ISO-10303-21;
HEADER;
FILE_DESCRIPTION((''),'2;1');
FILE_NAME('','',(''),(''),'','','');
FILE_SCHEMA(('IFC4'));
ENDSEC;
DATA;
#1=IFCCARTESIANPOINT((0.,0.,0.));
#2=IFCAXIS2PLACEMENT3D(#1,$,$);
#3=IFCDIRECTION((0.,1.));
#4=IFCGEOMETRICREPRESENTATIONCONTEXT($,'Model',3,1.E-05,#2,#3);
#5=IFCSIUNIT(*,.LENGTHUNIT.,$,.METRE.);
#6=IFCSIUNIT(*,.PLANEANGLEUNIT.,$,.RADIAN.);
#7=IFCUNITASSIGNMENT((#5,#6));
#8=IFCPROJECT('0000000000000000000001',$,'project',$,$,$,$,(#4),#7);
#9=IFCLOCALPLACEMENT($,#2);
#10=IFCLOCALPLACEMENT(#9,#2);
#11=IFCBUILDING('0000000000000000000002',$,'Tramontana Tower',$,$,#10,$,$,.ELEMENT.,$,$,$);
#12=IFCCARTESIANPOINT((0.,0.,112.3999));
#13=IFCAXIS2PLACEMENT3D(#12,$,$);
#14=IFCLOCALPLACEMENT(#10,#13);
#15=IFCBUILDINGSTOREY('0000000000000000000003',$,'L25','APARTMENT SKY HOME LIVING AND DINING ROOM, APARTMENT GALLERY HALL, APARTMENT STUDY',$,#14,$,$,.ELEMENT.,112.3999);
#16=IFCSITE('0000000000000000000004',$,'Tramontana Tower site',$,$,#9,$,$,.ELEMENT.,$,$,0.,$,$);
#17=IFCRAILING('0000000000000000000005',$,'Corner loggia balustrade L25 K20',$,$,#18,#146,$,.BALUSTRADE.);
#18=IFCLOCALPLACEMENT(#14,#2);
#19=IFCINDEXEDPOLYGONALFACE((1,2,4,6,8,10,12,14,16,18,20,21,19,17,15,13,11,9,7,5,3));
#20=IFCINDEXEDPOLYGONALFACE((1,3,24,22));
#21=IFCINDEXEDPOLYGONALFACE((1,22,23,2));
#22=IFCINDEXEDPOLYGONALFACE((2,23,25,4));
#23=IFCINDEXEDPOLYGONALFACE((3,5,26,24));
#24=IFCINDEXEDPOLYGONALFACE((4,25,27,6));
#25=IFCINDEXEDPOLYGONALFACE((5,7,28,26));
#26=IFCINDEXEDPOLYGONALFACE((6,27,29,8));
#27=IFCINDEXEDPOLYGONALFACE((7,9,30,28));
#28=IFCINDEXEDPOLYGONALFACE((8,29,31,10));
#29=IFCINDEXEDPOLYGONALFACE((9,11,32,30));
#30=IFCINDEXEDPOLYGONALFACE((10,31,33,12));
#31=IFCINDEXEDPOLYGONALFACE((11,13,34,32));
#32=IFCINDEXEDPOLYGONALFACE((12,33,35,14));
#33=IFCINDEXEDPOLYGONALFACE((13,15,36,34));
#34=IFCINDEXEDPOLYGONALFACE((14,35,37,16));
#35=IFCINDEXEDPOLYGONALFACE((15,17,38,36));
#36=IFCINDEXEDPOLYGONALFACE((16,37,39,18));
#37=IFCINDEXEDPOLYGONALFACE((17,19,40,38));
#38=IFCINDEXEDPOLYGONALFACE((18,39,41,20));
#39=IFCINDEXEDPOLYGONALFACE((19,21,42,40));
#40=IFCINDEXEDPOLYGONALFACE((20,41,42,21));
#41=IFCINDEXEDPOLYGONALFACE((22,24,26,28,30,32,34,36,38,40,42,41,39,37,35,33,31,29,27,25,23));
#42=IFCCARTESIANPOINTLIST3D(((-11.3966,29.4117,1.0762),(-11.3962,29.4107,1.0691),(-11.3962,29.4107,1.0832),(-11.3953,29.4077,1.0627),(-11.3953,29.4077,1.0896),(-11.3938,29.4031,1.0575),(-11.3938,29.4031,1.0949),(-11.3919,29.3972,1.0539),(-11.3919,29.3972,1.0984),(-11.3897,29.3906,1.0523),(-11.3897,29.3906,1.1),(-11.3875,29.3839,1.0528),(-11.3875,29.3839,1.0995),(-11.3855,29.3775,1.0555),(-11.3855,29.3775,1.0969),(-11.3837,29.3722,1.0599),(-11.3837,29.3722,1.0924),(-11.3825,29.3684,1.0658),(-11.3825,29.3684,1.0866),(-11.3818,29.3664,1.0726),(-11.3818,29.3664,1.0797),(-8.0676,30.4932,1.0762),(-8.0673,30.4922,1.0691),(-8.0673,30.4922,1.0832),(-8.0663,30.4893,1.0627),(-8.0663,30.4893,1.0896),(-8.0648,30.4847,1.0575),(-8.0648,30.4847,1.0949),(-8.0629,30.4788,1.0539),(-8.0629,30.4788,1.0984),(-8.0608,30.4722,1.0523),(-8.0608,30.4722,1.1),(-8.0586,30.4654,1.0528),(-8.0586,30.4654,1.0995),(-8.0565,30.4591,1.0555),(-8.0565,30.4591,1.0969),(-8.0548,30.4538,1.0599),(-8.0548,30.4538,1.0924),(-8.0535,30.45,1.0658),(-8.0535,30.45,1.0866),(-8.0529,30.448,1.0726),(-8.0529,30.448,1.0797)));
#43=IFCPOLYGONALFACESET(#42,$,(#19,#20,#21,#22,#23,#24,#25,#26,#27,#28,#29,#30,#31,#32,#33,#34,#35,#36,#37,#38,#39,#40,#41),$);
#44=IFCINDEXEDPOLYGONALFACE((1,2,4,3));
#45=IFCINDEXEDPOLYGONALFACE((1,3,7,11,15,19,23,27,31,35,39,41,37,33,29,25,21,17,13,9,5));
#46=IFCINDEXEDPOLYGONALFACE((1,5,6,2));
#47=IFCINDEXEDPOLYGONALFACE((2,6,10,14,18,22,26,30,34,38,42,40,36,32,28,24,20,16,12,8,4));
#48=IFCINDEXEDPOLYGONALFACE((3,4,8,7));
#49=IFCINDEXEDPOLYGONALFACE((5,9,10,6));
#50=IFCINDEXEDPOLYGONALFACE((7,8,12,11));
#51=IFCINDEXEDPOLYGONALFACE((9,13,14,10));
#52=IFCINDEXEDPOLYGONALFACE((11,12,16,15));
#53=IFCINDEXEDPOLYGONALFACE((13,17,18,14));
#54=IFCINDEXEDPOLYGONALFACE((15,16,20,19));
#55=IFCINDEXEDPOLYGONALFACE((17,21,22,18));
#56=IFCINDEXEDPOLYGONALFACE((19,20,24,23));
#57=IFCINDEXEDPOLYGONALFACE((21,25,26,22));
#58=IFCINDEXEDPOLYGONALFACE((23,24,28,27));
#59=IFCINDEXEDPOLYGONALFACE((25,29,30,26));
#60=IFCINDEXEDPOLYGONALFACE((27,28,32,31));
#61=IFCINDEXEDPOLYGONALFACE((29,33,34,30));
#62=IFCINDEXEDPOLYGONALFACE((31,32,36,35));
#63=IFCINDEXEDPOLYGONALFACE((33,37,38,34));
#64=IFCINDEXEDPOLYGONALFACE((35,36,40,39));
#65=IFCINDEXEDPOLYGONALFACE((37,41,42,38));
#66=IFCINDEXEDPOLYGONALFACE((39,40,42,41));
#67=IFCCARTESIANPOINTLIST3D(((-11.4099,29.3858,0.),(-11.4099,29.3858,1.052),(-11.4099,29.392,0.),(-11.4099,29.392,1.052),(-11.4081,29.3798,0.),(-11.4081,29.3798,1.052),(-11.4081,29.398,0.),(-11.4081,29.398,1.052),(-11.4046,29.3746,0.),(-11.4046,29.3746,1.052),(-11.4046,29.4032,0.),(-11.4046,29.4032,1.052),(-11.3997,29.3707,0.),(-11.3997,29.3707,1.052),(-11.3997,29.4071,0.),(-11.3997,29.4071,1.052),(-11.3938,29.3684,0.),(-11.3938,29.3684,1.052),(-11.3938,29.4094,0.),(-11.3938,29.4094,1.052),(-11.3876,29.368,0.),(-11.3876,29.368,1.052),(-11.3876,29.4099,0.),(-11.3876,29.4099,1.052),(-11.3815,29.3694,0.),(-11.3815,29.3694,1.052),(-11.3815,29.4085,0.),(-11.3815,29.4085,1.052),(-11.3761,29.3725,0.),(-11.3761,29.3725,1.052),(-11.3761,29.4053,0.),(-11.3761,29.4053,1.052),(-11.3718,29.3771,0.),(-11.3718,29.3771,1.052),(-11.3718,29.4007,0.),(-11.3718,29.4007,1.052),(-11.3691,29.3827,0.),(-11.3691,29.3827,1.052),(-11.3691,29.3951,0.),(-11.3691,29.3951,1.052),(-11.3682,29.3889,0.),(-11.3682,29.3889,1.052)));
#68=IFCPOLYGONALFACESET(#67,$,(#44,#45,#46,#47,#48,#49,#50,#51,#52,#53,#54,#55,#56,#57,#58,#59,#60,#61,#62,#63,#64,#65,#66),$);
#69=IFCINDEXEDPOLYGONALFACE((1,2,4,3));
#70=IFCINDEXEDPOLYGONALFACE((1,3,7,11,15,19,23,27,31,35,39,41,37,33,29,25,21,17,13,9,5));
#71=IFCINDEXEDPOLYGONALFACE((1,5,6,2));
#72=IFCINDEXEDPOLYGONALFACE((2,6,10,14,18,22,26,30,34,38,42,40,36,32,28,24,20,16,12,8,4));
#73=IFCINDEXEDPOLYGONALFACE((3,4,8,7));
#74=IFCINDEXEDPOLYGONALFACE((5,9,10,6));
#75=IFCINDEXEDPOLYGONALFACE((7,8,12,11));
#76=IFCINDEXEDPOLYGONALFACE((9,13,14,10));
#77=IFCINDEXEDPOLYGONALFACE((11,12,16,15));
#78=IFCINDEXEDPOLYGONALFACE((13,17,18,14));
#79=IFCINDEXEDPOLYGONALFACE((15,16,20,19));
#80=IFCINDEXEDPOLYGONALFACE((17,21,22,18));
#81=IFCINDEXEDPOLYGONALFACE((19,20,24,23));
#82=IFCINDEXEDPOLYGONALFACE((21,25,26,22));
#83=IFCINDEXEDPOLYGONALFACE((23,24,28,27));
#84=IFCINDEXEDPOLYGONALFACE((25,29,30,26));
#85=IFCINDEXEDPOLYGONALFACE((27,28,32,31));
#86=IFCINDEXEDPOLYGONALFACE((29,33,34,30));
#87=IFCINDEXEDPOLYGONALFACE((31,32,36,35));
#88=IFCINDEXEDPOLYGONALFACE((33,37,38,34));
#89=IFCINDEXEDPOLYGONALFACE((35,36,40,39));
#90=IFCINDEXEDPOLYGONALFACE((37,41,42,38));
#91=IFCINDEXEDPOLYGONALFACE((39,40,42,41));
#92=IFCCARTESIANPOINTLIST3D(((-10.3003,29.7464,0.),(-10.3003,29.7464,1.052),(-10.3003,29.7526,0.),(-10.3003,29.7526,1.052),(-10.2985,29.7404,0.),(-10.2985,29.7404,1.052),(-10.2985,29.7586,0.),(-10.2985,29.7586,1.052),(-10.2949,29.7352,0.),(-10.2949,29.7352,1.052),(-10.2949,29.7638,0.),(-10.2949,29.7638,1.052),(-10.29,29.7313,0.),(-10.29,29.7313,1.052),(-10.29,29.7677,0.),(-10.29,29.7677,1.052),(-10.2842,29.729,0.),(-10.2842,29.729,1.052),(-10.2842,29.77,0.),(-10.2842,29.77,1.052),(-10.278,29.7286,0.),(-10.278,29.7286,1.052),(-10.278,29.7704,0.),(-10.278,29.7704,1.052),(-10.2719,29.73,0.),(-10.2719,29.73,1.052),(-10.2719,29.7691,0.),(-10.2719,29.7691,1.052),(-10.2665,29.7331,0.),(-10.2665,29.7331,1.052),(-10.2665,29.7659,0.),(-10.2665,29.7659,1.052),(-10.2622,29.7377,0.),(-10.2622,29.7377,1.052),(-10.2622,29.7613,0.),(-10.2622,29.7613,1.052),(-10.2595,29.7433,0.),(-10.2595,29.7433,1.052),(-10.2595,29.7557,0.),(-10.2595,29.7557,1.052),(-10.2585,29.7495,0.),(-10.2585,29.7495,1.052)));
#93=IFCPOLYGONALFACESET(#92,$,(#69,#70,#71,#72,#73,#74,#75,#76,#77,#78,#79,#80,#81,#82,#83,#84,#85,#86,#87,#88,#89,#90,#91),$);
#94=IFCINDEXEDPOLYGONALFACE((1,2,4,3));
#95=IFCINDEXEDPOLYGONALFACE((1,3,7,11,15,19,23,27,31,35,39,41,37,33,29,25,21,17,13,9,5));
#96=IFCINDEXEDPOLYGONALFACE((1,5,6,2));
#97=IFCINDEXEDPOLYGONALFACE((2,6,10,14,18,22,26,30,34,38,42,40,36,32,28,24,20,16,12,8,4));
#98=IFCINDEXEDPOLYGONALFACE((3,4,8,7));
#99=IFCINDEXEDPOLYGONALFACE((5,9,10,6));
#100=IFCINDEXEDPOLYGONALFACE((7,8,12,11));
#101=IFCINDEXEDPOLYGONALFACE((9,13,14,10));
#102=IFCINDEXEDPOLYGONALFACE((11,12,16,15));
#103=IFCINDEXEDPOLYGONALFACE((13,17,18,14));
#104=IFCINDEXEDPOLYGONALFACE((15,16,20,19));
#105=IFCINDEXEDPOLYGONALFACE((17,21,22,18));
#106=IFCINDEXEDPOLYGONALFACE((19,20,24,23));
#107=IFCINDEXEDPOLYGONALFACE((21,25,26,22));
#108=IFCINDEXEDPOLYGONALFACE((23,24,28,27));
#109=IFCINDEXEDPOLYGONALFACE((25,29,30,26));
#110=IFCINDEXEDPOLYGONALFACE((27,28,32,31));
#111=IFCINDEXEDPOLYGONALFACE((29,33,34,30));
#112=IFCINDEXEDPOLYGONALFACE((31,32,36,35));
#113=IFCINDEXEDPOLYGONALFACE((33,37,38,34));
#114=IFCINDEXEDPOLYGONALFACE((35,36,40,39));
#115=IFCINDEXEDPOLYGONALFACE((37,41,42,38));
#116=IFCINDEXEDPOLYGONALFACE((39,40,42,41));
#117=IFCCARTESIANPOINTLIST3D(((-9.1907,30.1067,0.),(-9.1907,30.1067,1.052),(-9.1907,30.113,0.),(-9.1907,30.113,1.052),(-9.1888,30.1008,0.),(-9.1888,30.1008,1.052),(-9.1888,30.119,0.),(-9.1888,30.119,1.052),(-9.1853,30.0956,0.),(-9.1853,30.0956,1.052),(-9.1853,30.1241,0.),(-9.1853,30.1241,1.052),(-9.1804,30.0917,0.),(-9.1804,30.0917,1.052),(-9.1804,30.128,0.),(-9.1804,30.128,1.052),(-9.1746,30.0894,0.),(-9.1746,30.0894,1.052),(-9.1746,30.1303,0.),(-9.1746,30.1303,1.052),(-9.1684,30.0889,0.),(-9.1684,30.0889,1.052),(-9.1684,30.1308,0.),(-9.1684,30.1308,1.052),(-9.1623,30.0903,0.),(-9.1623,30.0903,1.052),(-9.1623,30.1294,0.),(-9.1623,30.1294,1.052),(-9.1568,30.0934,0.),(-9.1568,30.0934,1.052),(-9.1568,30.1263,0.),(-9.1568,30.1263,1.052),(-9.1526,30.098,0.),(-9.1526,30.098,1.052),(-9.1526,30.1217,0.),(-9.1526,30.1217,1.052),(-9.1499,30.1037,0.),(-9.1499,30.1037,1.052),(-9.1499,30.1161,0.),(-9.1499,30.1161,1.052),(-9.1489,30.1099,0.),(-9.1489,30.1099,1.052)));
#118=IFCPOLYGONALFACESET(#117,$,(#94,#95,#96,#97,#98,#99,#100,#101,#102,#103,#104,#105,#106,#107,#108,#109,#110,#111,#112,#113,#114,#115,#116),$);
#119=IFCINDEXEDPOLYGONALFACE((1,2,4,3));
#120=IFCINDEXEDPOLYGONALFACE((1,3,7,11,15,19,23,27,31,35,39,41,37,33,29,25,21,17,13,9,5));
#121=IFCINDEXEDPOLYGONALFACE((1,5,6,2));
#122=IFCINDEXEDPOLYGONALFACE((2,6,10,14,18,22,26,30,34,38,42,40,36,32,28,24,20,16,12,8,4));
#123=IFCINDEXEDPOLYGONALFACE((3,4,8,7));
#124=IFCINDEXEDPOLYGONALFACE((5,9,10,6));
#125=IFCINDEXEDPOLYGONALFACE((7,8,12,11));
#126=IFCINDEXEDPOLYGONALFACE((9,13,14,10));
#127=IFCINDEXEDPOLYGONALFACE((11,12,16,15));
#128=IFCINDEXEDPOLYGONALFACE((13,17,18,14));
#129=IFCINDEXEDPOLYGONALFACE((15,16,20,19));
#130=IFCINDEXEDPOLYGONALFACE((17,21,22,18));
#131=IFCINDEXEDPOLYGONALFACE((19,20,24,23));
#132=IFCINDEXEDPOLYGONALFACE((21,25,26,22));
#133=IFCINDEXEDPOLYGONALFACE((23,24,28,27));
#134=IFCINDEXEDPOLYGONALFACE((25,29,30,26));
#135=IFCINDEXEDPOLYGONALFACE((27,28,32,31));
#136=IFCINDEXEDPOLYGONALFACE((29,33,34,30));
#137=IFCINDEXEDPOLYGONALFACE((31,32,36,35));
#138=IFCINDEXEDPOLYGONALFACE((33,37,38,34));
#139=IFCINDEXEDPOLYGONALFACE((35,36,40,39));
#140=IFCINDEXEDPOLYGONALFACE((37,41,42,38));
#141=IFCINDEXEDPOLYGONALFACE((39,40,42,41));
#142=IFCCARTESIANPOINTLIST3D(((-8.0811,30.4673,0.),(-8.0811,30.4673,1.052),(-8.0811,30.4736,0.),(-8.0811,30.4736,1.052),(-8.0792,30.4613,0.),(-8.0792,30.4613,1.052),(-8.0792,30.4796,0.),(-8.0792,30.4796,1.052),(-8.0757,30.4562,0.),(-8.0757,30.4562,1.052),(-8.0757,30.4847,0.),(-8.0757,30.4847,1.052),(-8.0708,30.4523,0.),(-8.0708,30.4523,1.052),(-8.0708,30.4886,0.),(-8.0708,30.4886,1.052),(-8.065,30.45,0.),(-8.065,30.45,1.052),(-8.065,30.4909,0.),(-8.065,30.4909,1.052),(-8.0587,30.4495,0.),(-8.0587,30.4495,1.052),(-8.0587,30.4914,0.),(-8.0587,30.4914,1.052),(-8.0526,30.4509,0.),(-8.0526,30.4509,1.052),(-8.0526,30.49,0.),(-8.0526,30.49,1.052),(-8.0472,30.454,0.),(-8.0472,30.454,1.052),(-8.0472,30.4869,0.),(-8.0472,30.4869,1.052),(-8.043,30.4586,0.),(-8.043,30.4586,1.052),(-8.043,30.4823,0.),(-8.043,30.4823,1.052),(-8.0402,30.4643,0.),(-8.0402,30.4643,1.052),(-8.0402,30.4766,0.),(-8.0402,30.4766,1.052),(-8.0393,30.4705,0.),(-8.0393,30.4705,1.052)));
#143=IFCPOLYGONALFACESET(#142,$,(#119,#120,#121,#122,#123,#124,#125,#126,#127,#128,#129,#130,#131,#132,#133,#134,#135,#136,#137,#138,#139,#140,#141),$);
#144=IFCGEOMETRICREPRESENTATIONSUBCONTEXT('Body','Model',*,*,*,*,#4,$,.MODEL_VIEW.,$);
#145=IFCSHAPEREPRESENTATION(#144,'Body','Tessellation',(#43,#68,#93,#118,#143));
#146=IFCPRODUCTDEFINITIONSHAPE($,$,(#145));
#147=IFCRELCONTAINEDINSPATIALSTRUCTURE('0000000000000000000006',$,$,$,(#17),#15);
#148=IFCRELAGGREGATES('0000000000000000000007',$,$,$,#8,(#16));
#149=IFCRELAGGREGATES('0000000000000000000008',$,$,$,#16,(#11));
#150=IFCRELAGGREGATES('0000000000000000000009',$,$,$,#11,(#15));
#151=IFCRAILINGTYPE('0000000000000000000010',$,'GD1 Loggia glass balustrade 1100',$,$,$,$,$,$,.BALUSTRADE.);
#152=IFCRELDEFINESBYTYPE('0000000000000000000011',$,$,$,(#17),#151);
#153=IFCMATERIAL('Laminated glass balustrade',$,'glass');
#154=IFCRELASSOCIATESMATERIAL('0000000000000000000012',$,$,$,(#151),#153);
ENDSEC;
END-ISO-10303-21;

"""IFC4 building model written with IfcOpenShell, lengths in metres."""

from ifc_helpers import new_model, si_unit, direction, frame, origin, origin_2d, place, context, subcontext, project, spatial, circle, extrude, material, type_object, element, save


model = new_model("IFC4")

# Units and contexts
model_context = context("Model", 3, precision=1e-05, world=origin(), true_north=direction((0.0, 1.0)))
body_context = subcontext(model_context, "Body", "Model", "MODEL_VIEW")
ifc_project = project(units=[si_unit("LENGTHUNIT", "METRE"), si_unit("PLANEANGLEUNIT", "RADIAN")], contexts=[model_context])

# Site, building, storey
site_placement = place(None, origin())
site = spatial("IfcSite", under=ifc_project, at=site_placement, Name="Tramontana Tower site", CompositionType="ELEMENT", RefElevation=0.0)
building_placement = place(site_placement, origin())
building = spatial("IfcBuilding", under=site, at=building_placement, Name="Tramontana Tower", CompositionType="ELEMENT")
storey_placement = place(building_placement, frame((0.0, 0.0, 112.3999)))
storey = spatial("IfcBuildingStorey", under=building, at=storey_placement, Name="L25", Description="APARTMENT SKY HOME LIVING AND DINING ROOM, APARTMENT GALLERY HALL, APARTMENT STUDY", CompositionType="ELEMENT", Elevation=112.3999)

# Railing
ifc_material_1 = material(Name="Laminated glass balustrade", Category="glass")
railing_type = type_object("IfcRailingType", Name="GD1 Loggia glass balustrade 1100", PredefinedType="BALUSTRADE", material=ifc_material_1)
railing_1_placement = place(storey_placement, frame((-11.3892, 29.3889, 0.0)))
element("IfcRailing", 1, at=railing_1_placement, inside=storey, type_object=railing_type, Name="Corner loggia balustrade L25 K20", PredefinedType="BALUSTRADE", context=body_context, shape_type="SweptSolid", body=[
    extrude(circle(Radius=0.0239, at=origin_2d()), frame((0.0, 0.0, 1.0762), z_axis=(0.951062, 0.308999, 0.0), x_axis=(-0.308999, 0.951062, 0.0)), (0.0, 0.0, 1.0), 3.5002),
    extrude(circle(Radius=0.021, at=origin_2d()), origin(), (0.0, 0.0, 1.0), 1.052),
    extrude(circle(Radius=0.021, at=origin_2d()), frame((1.1096, 0.3606, 0.0)), (0.0, 0.0, 1.0), 1.052),
    extrude(circle(Radius=0.021, at=origin_2d()), frame((2.2192, 0.7209, 0.0)), (0.0, 0.0, 1.0), 1.052),
    extrude(circle(Radius=0.021, at=origin_2d()), frame((3.3289, 1.0815, 0.0)), (0.0, 0.0, 1.0), 1.052),
])

save(model, "model.ifc")
